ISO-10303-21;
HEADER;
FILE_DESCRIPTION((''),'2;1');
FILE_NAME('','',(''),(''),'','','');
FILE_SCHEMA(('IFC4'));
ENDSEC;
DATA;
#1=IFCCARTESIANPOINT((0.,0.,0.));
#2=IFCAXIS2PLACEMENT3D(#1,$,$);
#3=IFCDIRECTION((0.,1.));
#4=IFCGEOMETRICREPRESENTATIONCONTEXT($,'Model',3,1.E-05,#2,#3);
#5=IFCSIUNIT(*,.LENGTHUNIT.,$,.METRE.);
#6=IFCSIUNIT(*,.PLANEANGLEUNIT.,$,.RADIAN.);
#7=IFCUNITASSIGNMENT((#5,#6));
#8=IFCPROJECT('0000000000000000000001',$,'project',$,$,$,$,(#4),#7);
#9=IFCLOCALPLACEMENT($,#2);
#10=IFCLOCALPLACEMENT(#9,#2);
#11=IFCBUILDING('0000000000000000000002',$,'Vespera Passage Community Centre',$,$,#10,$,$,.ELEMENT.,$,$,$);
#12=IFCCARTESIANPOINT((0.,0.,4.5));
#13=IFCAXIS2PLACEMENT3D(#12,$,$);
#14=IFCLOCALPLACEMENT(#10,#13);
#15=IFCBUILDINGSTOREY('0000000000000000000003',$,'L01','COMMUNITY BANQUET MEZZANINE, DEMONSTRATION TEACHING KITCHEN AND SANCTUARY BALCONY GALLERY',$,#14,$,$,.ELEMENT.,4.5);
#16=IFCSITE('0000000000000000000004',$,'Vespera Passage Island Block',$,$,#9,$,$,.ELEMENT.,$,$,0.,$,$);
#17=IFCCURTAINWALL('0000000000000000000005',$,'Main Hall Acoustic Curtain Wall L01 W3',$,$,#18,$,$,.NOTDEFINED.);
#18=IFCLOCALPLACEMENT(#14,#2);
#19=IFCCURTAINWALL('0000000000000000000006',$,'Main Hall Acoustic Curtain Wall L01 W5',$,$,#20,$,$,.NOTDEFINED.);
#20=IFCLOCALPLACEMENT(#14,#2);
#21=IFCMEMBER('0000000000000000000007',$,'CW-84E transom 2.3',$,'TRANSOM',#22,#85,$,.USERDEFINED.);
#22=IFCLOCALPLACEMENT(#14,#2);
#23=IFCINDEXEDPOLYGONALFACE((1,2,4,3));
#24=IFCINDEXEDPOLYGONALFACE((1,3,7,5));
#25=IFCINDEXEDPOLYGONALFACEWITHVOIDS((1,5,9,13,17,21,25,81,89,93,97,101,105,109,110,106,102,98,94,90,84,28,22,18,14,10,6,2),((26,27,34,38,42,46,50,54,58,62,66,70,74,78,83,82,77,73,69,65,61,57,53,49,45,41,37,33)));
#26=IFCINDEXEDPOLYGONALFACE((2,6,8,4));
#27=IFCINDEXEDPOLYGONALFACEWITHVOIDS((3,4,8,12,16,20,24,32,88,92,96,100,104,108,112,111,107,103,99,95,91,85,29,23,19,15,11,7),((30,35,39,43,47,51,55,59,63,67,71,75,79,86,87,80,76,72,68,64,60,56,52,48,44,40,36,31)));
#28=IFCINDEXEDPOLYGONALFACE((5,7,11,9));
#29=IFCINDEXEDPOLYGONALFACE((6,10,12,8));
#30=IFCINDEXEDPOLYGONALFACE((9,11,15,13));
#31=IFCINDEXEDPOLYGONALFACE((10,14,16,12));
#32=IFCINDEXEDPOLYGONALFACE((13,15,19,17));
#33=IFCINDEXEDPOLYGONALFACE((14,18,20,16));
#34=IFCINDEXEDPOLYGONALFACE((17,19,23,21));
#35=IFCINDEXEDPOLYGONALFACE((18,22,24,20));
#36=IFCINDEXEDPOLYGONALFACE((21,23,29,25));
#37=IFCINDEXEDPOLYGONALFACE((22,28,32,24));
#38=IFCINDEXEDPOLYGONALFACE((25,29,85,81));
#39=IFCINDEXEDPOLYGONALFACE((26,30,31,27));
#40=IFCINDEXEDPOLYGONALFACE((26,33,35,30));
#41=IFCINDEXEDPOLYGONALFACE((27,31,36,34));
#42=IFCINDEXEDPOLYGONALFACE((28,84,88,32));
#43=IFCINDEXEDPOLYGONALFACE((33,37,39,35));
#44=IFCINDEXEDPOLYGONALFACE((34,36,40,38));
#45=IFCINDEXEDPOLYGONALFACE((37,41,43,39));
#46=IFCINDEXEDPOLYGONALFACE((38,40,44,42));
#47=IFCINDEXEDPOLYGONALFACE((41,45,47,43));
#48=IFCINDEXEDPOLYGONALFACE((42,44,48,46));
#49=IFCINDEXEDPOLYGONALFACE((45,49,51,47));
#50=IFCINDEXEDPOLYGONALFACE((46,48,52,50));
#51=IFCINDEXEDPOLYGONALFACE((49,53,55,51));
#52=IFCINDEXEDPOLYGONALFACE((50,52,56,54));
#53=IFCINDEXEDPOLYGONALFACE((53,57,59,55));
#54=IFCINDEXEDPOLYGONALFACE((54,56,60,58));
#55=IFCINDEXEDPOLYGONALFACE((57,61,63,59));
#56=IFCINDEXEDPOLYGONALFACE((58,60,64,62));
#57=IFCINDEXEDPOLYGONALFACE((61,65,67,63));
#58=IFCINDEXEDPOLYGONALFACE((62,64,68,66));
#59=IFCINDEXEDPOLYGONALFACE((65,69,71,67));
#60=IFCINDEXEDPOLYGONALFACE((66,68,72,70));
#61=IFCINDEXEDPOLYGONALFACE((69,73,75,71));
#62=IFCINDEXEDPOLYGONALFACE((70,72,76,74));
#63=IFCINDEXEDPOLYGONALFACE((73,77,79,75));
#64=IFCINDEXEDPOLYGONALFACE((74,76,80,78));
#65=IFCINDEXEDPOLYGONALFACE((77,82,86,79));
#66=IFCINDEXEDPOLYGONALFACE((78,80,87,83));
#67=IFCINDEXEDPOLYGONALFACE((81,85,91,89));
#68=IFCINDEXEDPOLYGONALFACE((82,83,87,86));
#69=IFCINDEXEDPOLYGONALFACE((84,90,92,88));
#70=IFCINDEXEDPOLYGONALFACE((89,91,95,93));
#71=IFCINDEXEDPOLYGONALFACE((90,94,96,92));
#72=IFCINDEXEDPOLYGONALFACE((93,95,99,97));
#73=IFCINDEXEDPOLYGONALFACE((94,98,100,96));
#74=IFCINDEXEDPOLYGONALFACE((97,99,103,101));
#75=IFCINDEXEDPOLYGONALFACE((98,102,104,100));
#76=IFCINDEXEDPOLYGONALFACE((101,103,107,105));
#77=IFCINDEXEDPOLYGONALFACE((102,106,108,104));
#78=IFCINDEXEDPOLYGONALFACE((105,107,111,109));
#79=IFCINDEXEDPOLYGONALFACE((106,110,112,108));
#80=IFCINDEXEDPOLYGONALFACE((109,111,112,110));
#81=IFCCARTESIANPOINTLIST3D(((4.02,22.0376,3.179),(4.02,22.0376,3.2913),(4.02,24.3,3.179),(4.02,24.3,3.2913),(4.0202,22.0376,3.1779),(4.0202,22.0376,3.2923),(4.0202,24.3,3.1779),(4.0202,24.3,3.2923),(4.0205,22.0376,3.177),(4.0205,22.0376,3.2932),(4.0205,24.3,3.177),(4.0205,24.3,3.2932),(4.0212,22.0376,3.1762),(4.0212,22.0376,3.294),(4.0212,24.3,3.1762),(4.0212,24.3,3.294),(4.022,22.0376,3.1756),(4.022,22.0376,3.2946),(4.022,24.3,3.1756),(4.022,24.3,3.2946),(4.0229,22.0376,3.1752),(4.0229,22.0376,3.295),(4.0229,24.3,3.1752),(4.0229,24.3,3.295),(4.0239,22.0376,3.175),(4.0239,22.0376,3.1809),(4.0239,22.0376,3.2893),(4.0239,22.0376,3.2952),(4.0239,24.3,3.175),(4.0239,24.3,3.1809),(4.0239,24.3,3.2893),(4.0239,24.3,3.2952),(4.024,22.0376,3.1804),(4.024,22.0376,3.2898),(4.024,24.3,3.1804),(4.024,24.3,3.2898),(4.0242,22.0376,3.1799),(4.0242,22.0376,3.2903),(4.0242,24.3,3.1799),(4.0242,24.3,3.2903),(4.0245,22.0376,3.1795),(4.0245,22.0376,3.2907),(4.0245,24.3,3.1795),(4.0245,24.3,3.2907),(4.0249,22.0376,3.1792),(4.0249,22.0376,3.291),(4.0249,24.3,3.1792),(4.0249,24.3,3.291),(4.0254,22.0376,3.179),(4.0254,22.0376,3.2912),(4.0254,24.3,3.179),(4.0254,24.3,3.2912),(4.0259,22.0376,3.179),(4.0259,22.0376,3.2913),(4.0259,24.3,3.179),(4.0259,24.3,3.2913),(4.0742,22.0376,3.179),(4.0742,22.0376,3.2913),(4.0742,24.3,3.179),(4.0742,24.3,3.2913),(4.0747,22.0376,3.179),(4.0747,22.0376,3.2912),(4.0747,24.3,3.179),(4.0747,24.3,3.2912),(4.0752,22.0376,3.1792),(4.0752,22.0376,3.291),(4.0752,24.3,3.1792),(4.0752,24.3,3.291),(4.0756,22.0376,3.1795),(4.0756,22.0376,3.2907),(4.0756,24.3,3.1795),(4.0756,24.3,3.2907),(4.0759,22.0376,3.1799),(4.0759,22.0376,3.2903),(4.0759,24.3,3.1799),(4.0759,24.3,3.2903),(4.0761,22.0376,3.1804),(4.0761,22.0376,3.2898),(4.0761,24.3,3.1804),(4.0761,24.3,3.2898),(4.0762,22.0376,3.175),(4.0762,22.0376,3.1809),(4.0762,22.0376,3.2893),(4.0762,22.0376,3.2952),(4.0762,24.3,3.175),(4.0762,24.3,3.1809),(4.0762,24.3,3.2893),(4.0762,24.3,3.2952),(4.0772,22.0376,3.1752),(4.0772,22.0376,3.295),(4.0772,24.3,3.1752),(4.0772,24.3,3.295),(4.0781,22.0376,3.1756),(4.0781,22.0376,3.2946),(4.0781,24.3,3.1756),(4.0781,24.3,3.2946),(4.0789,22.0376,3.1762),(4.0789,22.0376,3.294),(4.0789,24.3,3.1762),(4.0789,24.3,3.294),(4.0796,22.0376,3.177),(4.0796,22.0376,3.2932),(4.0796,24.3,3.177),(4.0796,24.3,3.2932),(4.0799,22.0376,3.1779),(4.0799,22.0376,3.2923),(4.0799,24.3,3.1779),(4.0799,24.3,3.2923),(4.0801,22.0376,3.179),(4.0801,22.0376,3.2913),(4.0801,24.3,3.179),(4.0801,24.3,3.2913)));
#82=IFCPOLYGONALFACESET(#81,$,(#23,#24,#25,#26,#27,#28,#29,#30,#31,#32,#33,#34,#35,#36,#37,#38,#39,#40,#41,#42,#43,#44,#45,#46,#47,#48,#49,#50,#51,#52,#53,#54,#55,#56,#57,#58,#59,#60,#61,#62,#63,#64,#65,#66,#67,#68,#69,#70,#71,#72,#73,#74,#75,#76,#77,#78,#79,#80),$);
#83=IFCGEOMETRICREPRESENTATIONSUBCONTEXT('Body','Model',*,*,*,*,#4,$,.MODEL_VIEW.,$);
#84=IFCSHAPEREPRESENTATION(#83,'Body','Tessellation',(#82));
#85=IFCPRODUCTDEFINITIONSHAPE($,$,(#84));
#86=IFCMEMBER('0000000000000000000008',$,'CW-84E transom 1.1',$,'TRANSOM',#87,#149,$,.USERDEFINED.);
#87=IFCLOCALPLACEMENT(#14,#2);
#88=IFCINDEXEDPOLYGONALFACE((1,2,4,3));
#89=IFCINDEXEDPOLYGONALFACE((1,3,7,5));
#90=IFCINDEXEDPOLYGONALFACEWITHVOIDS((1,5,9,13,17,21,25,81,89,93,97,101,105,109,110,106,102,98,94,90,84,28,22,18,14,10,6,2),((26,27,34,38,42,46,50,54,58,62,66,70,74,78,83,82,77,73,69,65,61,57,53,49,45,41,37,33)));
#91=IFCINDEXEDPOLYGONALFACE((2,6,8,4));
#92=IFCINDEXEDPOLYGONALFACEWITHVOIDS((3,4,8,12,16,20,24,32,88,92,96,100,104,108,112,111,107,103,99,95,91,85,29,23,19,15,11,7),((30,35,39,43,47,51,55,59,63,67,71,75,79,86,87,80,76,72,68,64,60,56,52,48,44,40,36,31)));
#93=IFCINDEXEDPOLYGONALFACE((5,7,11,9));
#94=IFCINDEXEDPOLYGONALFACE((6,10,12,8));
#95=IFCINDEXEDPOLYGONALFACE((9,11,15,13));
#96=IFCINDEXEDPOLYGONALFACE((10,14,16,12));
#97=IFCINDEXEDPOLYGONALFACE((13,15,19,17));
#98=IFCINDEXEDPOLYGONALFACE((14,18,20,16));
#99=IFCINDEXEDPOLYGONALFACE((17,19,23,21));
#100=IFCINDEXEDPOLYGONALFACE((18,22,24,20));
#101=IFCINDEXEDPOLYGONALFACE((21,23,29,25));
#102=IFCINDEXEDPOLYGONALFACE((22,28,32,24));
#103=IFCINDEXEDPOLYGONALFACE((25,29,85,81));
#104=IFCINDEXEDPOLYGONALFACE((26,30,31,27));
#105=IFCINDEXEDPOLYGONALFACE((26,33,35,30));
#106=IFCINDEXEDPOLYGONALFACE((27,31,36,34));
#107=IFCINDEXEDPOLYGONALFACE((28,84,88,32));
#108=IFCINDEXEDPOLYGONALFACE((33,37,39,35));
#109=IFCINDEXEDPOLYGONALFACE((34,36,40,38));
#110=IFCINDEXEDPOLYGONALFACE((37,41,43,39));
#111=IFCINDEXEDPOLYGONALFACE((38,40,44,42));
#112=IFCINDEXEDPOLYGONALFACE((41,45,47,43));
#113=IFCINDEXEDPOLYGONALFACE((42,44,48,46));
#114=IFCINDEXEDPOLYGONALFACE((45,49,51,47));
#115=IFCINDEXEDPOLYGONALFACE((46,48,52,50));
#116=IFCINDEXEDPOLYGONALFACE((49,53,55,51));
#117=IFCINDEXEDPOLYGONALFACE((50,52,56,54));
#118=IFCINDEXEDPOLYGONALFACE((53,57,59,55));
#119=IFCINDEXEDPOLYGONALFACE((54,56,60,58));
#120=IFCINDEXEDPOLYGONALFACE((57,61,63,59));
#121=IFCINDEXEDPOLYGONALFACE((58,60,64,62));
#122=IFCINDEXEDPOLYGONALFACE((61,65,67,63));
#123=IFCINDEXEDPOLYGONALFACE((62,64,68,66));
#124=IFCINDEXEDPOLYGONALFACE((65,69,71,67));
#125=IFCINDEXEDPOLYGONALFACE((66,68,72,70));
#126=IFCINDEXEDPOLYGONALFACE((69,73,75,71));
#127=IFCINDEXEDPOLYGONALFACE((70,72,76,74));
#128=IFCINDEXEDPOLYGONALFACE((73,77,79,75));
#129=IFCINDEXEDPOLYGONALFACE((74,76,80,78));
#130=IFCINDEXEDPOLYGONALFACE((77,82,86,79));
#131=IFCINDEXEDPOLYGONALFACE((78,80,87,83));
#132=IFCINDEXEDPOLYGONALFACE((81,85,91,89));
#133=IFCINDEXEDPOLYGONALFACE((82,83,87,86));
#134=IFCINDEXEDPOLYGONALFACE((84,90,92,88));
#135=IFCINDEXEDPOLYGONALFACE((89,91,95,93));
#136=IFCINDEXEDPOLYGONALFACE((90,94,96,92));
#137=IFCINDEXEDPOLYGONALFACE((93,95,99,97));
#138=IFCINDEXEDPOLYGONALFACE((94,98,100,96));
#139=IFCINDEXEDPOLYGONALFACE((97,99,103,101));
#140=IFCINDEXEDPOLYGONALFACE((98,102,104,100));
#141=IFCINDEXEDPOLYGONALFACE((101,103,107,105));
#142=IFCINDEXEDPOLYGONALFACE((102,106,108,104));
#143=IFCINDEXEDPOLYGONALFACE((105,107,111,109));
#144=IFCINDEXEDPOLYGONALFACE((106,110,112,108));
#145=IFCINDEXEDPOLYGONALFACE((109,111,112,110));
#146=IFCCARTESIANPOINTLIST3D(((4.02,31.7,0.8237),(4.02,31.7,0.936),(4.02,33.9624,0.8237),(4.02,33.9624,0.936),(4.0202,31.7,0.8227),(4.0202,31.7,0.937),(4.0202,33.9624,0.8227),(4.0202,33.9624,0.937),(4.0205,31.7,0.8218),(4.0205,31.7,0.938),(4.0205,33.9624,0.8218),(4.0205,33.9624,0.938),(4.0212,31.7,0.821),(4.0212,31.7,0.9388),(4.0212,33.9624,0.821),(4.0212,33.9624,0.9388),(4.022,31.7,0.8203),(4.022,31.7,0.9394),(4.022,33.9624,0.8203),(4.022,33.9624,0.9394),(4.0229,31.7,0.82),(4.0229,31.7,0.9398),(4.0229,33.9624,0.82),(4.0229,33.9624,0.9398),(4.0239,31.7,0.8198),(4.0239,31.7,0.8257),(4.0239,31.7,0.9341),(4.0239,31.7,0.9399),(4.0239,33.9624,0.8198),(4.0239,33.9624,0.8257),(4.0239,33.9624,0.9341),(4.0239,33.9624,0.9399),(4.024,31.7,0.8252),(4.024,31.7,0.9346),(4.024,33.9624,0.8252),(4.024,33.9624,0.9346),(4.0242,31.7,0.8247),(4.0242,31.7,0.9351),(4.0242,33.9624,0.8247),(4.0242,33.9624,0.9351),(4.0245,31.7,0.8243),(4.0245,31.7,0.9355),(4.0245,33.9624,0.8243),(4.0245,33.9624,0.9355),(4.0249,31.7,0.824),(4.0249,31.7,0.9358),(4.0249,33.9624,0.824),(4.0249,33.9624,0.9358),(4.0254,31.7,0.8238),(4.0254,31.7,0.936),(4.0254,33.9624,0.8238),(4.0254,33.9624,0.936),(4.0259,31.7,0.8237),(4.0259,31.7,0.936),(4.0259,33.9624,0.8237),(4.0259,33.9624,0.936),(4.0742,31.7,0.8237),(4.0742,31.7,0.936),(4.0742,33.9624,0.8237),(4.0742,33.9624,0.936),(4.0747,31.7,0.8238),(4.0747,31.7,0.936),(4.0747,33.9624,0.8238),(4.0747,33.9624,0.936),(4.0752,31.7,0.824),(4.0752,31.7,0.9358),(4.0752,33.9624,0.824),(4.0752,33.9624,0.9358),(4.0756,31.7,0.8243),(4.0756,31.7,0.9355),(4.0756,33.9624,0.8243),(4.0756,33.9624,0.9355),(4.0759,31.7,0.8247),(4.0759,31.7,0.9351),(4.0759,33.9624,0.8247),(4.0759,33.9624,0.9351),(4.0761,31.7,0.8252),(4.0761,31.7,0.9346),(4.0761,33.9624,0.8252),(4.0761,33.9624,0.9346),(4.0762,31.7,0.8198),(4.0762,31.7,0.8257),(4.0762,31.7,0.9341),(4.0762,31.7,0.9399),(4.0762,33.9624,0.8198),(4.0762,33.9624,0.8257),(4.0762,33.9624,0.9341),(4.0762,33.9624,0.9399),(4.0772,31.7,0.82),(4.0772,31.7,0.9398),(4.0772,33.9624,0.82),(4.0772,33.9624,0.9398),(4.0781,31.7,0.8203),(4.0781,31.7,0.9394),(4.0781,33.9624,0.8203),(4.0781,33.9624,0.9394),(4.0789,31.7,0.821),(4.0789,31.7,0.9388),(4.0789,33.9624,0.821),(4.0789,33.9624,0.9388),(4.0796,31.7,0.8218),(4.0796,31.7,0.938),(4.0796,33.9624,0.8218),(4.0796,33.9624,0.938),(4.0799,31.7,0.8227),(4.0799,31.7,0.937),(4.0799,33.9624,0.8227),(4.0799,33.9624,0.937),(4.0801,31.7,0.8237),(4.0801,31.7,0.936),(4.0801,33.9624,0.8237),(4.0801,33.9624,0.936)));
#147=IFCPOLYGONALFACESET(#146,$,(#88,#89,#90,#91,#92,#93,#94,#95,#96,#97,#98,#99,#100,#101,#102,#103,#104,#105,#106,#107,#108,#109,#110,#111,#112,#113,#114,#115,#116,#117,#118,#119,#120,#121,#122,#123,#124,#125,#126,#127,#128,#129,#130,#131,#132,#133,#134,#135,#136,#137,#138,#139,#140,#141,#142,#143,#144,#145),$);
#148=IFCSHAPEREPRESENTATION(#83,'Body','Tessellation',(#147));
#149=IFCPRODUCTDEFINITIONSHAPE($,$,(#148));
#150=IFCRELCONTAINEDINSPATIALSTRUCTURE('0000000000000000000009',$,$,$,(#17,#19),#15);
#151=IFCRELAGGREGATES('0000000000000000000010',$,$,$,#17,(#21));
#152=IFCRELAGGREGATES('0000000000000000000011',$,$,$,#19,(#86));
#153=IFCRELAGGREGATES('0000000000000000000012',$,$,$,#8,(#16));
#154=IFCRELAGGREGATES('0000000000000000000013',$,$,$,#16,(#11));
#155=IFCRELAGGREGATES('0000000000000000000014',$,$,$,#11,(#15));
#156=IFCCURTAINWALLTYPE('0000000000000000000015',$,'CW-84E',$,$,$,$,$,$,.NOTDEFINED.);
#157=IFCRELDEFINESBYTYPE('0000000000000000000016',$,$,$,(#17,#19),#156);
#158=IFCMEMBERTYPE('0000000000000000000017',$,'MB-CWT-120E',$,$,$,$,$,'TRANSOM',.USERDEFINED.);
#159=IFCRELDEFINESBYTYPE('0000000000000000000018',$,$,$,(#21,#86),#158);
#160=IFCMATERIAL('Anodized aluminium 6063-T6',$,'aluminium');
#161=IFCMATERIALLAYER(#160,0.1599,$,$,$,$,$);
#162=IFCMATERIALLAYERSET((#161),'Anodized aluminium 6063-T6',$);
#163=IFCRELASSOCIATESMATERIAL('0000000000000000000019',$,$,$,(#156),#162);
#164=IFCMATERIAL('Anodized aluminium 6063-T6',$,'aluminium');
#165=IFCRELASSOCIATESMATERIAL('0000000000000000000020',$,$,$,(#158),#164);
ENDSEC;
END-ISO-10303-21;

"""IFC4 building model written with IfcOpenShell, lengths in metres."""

from ifc_helpers import new_model, si_unit, direction, frame, origin, origin_2d, place, context, subcontext, project, spatial, hollow_rectangle, extrude, material, layer, layer_set, material_profile, profile_set, type_object, element, aggregate, save


model = new_model("IFC4")

# Units and contexts
model_context = context("Model", 3, precision=1e-05, world=origin(), true_north=direction((0.0, 1.0)))
body_context = subcontext(model_context, "Body", "Model", "MODEL_VIEW")
ifc_project = project(units=[si_unit("LENGTHUNIT", "METRE"), si_unit("PLANEANGLEUNIT", "RADIAN")], contexts=[model_context])

# Site, building, storey
site_placement = place(None, origin())
site = spatial("IfcSite", under=ifc_project, at=site_placement, Name="Vespera Passage Island Block", CompositionType="ELEMENT", RefElevation=0.0)
building_placement = place(site_placement, origin())
building = spatial("IfcBuilding", under=site, at=building_placement, Name="Vespera Passage Community Centre", CompositionType="ELEMENT")
storey_placement = place(building_placement, frame((0.0, 0.0, 4.5)))
storey = spatial("IfcBuildingStorey", under=building, at=storey_placement, Name="L01", Description="COMMUNITY BANQUET MEZZANINE, DEMONSTRATION TEACHING KITCHEN AND SANCTUARY BALCONY GALLERY", CompositionType="ELEMENT", Elevation=4.5)

# Curtain walls
ifc_material_1 = material(Name="Anodized aluminium 6063-T6", Category="aluminium")
ifc_layer_1 = layer(ifc_material_1, 0.1599)
ifc_layer_set_1 = layer_set([ifc_layer_1], Name="Anodized aluminium 6063-T6")
curtain_wall_type = type_object("IfcCurtainWallType", Name="CW-84E", PredefinedType="NOTDEFINED", material=ifc_layer_set_1)
curtain_wall_1_placement = place(storey_placement, origin())
curtain_wall_1 = element("IfcCurtainWall", 1, at=curtain_wall_1_placement, inside=storey, type_object=curtain_wall_type, Name="Main Hall Acoustic Curtain Wall L01 W3", PredefinedType="NOTDEFINED")
curtain_wall_2_placement = place(storey_placement, origin())
curtain_wall_2 = element("IfcCurtainWall", 2, at=curtain_wall_2_placement, inside=storey, type_object=curtain_wall_type, Name="Main Hall Acoustic Curtain Wall L01 W5", PredefinedType="NOTDEFINED")

# Members
ifc_material_2 = material(Name="Anodized aluminium 6063-T6", Category="aluminium")
ifc_material_profile_1 = material_profile(ifc_material_2, hollow_rectangle(XDim=0.0601, YDim=0.1201, WallThickness=0.0039, InnerFilletRadius=0.002, OuterFilletRadius=0.0039, at=origin_2d()), Name="ALU120X60X4")
ifc_profile_set_1 = profile_set([ifc_material_profile_1], Name="Anodized aluminium 6063-T6")
member_type_1 = type_object("IfcMemberType", Name="MB-CWT-120E", ElementType="TRANSOM", PredefinedType="USERDEFINED", material=ifc_profile_set_1)
member_1_placement = place(storey_placement, frame((4.05, 22.0376, 3.2351), z_axis=(0.0, 1.0, 0.0), x_axis=(-1.0, 0.0, 0.0)))
member_1 = element("IfcMember", 3, at=member_1_placement, type_object=member_type_1, Name="CW-84E transom 2.3", ObjectType="TRANSOM", PredefinedType="USERDEFINED", context=body_context, shape_type="SweptSolid", body=[
    extrude(hollow_rectangle(XDim=0.0601, YDim=0.1201, WallThickness=0.0039, InnerFilletRadius=0.002, OuterFilletRadius=0.0039, at=origin_2d()), origin(), (0.0, 0.0, 1.0), 2.2625),
])
member_2_placement = place(storey_placement, frame((4.05, 31.7, 0.8799), z_axis=(0.0, 1.0, 0.0), x_axis=(-1.0, 0.0, 0.0)))
member_2 = element("IfcMember", 4, at=member_2_placement, type_object=member_type_1, Name="CW-84E transom 1.1", ObjectType="TRANSOM", PredefinedType="USERDEFINED", context=body_context, shape_type="SweptSolid", body=[
    extrude(hollow_rectangle(XDim=0.0601, YDim=0.1201, WallThickness=0.0039, InnerFilletRadius=0.002, OuterFilletRadius=0.0039, at=origin_2d()), origin(), (0.0, 0.0, 1.0), 2.2625),
])

aggregate(curtain_wall_1, [member_1])
aggregate(curtain_wall_2, [member_2])

save(model, "model.ifc")
